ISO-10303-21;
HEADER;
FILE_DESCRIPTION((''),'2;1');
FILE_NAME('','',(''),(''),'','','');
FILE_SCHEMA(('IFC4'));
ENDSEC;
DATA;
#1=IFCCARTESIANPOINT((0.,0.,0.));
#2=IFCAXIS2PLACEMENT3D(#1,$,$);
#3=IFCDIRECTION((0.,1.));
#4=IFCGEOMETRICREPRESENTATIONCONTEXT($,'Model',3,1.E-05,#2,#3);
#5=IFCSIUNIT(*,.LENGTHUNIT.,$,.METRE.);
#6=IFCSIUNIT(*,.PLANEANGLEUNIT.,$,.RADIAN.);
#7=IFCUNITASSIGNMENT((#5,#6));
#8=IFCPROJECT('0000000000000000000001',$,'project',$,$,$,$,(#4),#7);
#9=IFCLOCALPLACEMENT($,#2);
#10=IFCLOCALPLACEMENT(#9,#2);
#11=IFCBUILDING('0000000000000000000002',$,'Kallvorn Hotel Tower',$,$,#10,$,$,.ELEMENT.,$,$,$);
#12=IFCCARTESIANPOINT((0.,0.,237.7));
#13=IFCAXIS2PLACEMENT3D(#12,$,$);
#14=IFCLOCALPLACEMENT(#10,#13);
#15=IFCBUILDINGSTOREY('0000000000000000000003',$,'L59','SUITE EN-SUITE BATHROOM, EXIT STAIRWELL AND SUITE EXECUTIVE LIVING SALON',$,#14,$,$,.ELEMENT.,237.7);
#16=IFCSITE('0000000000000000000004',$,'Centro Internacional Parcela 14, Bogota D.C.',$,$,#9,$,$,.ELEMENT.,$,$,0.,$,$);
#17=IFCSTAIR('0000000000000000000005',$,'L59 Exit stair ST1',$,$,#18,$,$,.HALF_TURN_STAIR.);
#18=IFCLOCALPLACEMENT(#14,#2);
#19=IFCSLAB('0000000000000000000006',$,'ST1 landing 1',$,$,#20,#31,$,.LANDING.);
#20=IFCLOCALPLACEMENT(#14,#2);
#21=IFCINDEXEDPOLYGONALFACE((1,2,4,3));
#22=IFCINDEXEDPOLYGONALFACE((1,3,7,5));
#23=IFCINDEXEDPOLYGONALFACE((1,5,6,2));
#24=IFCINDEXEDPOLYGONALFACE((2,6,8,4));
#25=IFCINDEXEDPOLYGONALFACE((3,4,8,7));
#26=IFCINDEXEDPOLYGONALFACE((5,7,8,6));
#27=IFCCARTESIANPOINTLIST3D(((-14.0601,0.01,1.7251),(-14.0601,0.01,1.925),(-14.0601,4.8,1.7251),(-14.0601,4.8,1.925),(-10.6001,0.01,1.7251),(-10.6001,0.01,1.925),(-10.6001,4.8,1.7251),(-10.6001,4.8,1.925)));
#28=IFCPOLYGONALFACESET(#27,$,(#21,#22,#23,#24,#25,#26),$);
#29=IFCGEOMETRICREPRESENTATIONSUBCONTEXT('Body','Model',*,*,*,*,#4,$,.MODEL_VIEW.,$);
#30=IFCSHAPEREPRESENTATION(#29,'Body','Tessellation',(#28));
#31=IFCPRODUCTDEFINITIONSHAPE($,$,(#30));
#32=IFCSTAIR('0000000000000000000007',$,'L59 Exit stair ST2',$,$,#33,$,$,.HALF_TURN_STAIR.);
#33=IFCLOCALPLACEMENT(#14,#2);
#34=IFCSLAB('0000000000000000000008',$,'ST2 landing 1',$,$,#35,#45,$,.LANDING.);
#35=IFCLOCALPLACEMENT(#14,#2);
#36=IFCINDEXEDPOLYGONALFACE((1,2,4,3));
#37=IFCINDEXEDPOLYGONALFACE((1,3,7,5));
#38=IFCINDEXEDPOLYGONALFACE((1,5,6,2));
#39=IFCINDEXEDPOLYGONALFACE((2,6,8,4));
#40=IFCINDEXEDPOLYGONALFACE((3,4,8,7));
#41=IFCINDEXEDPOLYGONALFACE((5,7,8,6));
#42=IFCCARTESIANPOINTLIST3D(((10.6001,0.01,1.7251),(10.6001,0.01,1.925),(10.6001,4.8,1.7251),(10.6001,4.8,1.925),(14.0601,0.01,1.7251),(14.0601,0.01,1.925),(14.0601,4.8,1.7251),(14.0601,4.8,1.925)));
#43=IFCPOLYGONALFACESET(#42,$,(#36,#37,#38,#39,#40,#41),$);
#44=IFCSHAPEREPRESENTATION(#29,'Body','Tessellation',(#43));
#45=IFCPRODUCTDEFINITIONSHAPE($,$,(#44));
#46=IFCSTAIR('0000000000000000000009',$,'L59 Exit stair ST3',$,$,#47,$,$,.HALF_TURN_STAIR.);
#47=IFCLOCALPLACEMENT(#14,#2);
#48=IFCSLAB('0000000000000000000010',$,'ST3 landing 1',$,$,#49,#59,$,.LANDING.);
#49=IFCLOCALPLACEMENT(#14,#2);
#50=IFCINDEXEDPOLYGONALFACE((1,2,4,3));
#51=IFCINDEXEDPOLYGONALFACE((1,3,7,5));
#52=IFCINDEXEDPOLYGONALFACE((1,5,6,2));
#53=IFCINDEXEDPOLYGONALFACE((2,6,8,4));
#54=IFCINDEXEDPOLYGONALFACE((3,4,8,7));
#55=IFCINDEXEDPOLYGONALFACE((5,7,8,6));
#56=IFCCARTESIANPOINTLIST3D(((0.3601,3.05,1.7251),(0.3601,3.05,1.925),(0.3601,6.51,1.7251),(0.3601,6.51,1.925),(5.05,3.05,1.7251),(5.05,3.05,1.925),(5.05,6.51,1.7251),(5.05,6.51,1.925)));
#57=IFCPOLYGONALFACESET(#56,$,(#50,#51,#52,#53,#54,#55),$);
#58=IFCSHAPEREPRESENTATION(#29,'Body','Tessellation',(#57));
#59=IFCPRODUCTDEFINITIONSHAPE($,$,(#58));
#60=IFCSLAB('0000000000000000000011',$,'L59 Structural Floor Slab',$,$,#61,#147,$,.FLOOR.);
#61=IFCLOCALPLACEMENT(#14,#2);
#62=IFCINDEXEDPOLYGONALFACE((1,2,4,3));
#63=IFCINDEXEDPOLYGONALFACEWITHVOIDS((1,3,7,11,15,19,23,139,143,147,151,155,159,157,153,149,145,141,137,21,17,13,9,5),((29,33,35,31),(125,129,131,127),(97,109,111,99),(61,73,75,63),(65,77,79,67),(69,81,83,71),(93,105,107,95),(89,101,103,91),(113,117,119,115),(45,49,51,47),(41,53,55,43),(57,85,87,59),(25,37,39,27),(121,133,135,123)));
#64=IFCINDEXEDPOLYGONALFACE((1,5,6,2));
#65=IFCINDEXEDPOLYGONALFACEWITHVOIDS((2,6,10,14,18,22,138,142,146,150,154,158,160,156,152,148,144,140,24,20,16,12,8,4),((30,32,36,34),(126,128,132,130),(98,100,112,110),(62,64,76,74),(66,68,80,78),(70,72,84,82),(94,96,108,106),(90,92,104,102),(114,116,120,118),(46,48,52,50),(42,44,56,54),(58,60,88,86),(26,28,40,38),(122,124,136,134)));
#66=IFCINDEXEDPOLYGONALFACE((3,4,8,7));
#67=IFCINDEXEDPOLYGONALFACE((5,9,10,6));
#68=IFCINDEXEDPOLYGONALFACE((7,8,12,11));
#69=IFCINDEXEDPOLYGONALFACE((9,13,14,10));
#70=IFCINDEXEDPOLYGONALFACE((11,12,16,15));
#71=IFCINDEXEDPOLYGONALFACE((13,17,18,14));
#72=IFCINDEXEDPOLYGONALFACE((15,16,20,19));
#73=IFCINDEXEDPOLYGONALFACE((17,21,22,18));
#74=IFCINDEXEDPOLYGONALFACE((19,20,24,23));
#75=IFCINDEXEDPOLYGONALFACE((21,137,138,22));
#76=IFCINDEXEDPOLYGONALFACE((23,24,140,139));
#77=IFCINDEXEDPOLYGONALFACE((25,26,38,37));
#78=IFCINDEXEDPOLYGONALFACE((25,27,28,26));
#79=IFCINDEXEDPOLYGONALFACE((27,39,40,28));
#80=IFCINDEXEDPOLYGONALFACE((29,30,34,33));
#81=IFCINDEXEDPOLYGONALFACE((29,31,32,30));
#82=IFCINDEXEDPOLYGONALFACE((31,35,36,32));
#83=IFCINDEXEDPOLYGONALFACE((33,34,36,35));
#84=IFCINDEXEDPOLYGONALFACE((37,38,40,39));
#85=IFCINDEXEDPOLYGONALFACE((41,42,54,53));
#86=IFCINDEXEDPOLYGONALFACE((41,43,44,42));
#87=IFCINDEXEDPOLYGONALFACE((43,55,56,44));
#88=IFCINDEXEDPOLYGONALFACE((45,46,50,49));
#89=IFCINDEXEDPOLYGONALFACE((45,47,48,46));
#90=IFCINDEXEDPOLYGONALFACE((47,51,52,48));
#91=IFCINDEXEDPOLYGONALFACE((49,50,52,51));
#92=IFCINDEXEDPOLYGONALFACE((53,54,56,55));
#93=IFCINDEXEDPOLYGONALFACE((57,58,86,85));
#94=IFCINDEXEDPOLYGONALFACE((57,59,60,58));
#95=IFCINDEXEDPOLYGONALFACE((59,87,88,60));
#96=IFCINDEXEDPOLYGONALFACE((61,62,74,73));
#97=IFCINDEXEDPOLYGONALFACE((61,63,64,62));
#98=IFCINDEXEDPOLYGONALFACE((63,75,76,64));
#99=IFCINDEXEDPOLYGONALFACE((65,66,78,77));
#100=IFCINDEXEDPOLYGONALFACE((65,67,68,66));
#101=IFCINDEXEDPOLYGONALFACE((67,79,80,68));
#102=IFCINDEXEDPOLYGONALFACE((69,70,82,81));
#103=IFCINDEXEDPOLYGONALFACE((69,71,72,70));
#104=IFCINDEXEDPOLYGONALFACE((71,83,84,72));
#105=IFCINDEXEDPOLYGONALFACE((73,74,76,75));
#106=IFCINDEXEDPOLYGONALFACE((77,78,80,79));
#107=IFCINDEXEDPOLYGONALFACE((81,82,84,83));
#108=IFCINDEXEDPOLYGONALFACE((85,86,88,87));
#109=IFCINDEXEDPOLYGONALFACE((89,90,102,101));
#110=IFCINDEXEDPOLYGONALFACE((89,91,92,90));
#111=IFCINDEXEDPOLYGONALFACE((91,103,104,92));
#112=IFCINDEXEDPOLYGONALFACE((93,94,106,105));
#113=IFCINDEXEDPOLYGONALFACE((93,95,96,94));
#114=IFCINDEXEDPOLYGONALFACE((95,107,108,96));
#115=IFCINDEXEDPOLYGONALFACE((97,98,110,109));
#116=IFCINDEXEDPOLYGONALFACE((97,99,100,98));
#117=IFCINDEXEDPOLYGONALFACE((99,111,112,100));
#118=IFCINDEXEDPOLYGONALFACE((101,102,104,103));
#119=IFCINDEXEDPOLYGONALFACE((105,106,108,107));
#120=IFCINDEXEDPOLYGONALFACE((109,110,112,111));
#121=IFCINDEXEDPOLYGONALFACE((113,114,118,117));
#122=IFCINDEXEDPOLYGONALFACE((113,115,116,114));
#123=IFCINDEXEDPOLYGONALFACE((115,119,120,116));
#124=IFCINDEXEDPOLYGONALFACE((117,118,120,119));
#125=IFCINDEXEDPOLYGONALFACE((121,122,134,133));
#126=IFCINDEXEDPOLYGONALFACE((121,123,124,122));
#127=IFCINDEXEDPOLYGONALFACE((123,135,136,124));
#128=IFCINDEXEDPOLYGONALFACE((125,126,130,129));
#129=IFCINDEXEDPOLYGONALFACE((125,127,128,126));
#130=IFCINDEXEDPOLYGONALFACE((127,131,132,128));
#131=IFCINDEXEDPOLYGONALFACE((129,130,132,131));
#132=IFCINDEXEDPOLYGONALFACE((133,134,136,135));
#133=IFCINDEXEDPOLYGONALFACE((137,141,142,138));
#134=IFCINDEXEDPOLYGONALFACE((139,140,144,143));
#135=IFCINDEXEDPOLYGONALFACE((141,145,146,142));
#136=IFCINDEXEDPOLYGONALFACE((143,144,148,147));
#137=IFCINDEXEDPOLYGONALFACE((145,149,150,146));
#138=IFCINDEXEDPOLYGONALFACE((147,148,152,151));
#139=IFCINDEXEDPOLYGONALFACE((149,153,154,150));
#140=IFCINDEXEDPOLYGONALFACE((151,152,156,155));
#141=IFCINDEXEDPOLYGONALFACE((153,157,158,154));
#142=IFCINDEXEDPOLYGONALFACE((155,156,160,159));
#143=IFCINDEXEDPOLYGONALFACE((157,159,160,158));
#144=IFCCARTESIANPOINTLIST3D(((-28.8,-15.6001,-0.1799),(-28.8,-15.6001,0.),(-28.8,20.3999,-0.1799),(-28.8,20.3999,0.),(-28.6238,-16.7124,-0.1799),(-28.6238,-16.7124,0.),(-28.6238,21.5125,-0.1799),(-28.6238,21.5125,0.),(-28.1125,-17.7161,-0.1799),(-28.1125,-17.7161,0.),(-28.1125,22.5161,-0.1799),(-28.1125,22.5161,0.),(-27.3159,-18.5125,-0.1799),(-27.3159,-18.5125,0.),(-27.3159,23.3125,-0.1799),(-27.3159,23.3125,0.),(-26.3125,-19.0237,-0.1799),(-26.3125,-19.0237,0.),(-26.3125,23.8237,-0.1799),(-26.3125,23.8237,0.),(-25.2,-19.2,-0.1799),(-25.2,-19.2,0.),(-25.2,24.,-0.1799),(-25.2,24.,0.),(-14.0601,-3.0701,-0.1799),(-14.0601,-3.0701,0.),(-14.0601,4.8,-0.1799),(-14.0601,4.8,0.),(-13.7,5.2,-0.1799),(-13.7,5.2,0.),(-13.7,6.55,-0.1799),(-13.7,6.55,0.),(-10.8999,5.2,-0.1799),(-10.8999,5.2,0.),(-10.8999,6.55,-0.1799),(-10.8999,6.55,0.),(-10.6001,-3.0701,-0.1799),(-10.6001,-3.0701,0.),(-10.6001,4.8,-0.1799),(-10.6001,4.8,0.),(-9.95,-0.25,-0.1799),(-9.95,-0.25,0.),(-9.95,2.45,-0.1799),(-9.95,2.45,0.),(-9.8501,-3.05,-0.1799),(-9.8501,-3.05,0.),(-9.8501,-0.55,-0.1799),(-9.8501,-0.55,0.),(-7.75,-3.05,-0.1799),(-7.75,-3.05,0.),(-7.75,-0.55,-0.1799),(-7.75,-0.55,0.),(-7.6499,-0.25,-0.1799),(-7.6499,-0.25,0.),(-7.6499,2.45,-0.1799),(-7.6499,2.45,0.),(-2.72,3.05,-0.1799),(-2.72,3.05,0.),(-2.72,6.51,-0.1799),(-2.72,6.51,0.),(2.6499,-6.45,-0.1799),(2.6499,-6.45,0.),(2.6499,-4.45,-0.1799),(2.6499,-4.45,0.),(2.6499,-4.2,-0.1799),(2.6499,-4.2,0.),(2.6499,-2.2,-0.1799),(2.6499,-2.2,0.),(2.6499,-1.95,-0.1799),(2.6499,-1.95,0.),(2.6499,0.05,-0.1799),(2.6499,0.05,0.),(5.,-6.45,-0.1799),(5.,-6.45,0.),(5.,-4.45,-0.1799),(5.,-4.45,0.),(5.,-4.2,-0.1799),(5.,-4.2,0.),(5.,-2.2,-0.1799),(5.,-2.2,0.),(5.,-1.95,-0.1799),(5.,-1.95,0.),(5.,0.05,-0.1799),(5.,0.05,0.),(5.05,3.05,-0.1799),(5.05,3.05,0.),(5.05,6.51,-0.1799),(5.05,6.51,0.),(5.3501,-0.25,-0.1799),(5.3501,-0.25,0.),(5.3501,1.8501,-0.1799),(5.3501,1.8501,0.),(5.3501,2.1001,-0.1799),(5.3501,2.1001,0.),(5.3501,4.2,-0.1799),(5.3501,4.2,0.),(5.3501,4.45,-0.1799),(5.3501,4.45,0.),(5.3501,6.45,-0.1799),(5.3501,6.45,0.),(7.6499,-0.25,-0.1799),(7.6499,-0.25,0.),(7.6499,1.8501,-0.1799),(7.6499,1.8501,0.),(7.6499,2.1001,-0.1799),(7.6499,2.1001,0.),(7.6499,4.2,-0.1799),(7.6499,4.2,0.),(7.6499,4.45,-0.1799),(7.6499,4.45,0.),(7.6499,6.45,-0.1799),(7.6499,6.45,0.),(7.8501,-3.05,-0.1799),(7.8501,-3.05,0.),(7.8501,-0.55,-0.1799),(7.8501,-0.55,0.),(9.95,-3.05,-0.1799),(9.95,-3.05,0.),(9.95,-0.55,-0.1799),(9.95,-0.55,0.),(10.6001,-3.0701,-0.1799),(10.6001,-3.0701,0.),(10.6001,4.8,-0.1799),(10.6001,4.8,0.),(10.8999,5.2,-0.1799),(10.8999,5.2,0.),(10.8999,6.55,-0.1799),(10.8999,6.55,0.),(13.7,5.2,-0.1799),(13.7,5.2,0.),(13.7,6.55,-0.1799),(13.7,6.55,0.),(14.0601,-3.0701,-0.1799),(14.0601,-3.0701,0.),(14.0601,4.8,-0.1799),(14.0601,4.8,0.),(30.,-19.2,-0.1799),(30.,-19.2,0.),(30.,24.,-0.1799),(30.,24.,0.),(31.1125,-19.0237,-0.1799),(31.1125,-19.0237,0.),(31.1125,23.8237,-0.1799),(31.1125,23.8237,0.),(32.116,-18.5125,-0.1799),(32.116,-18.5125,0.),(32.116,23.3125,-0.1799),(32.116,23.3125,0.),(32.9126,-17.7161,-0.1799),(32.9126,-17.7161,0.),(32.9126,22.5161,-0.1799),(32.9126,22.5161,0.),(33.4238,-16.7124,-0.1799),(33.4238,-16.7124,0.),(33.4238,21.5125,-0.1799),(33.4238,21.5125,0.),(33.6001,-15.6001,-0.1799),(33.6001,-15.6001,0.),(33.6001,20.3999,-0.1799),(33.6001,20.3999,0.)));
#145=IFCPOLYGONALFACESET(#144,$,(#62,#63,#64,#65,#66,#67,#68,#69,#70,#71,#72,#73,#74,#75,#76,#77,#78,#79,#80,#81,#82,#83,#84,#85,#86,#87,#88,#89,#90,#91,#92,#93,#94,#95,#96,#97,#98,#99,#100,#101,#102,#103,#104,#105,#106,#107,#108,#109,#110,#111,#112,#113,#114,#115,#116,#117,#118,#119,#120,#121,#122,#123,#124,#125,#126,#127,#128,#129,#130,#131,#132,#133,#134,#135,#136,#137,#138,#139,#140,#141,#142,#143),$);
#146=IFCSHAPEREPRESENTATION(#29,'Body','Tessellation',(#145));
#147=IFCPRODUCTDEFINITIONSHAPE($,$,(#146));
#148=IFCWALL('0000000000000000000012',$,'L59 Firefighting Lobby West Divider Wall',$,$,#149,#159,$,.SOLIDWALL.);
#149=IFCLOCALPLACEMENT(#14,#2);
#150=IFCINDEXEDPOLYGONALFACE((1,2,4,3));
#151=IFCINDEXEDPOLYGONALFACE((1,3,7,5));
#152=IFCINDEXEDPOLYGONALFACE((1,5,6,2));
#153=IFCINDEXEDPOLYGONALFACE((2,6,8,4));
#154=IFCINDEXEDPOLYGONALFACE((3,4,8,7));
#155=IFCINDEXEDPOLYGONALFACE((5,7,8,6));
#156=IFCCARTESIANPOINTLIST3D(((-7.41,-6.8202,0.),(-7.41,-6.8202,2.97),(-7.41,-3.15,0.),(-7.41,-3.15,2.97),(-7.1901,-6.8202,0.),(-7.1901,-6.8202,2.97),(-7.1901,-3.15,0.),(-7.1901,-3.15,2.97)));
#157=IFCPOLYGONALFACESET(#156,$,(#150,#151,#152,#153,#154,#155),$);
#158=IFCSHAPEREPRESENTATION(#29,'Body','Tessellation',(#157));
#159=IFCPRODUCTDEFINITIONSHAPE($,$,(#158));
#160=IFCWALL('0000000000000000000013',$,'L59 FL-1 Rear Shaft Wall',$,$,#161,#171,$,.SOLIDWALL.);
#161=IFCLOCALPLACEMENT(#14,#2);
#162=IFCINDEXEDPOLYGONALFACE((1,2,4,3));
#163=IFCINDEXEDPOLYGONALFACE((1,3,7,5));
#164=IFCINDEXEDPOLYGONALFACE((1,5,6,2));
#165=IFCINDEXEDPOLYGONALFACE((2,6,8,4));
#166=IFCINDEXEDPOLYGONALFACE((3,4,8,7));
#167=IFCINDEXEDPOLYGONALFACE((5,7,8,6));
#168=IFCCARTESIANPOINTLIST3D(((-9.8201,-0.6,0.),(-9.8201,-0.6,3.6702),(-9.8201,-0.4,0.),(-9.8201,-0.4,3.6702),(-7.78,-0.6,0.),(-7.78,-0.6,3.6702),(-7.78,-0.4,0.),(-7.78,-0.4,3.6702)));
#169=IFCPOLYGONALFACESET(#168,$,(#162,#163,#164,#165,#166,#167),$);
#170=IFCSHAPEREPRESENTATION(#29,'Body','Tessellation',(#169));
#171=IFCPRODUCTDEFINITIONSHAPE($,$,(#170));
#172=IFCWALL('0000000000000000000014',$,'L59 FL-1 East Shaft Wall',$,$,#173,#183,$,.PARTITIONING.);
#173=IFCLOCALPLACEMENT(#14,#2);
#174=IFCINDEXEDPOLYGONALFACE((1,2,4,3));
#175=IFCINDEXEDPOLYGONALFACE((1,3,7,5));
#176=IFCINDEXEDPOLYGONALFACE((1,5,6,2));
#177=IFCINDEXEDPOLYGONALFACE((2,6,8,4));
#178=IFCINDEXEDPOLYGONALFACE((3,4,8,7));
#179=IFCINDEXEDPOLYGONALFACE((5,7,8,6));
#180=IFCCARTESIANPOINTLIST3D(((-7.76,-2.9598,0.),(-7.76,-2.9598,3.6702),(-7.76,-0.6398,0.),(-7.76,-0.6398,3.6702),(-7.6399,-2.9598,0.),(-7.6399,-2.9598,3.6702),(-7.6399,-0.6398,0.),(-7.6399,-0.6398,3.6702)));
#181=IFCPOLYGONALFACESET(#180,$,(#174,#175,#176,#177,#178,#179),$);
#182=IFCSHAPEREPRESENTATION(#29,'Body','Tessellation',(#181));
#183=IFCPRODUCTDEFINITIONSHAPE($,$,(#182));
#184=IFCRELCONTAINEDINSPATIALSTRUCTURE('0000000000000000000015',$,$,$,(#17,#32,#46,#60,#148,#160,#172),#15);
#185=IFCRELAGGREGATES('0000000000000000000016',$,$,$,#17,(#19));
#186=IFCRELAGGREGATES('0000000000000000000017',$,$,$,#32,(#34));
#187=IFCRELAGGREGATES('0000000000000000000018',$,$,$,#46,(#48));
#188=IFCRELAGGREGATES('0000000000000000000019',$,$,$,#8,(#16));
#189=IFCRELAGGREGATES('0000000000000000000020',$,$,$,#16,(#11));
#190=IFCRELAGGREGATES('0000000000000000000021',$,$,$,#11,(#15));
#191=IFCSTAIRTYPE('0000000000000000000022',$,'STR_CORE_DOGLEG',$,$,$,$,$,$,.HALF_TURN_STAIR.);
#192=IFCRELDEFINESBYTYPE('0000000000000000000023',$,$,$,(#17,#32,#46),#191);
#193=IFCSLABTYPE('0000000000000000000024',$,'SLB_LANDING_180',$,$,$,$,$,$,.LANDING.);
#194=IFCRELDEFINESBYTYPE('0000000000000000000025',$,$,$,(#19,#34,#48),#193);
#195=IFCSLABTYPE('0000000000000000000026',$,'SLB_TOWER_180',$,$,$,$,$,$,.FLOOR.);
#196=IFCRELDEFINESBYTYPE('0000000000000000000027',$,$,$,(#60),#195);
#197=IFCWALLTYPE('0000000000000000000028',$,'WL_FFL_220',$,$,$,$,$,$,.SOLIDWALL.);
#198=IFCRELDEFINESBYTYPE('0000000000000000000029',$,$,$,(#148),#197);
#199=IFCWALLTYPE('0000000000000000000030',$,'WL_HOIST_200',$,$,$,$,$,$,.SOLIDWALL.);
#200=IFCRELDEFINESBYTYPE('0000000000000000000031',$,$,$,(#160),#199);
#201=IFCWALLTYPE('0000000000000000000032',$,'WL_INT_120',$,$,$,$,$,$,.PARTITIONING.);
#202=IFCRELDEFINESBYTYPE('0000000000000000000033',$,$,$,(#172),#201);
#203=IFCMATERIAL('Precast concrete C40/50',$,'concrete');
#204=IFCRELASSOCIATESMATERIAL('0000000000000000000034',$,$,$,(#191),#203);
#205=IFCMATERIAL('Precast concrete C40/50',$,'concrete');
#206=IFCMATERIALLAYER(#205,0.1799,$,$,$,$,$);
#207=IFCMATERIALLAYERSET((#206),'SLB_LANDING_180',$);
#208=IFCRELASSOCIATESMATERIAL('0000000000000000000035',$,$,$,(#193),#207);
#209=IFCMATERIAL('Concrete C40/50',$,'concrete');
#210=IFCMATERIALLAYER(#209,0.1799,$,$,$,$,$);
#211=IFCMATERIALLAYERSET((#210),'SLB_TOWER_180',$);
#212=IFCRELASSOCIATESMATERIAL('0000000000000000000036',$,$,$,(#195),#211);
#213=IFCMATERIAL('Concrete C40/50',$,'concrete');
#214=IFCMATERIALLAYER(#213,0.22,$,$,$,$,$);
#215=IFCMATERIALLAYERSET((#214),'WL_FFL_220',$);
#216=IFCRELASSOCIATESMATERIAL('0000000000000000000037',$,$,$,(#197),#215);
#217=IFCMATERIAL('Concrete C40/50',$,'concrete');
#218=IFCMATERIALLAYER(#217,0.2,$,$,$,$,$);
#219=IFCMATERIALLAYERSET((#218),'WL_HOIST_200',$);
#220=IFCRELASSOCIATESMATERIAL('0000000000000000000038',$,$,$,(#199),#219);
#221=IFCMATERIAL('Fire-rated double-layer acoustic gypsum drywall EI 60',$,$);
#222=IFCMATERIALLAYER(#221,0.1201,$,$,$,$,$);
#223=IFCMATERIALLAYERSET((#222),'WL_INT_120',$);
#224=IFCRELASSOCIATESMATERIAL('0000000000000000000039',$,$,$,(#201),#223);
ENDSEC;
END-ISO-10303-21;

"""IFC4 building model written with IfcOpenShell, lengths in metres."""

from ifc_helpers import new_model, si_unit, direction, frame, frame_2d, origin, place, context, subcontext, project, spatial, polyline, rectangle, outline, extrude, material, layer, layer_set, type_object, element, aggregate, save


model = new_model("IFC4")

# Units and contexts
model_context = context("Model", 3, precision=1e-05, world=origin(), true_north=direction((0.0, 1.0)))
body_context = subcontext(model_context, "Body", "Model", "MODEL_VIEW")
ifc_project = project(units=[si_unit("LENGTHUNIT", "METRE"), si_unit("PLANEANGLEUNIT", "RADIAN")], contexts=[model_context])

# Site, building, storey
site_placement = place(None, origin())
site = spatial("IfcSite", under=ifc_project, at=site_placement, Name="Centro Internacional Parcela 14, Bogota D.C.", CompositionType="ELEMENT", RefElevation=0.0)
building_placement = place(site_placement, origin())
building = spatial("IfcBuilding", under=site, at=building_placement, Name="Kallvorn Hotel Tower", CompositionType="ELEMENT")
storey_placement = place(building_placement, frame((0.0, 0.0, 237.7)))
storey = spatial("IfcBuildingStorey", under=building, at=storey_placement, Name="L59", Description="SUITE EN-SUITE BATHROOM, EXIT STAIRWELL AND SUITE EXECUTIVE LIVING SALON", CompositionType="ELEMENT", Elevation=237.7)

# Stairs, slabs
ifc_material_1 = material(Name="Precast concrete C40/50", Category="concrete")
stair_type = type_object("IfcStairType", Name="STR_CORE_DOGLEG", PredefinedType="HALF_TURN_STAIR", material=ifc_material_1)
stair_1_placement = place(storey_placement, origin())
stair_1 = element("IfcStair", 1, at=stair_1_placement, inside=storey, type_object=stair_type, Name="L59 Exit stair ST1", PredefinedType="HALF_TURN_STAIR")
ifc_material_2 = material(Name="Precast concrete C40/50", Category="concrete")
ifc_layer_1 = layer(ifc_material_2, 0.1799)
ifc_layer_set_1 = layer_set([ifc_layer_1], Name="SLB_LANDING_180")
slab_type_1 = type_object("IfcSlabType", Name="SLB_LANDING_180", PredefinedType="LANDING", material=ifc_layer_set_1)
slab_1_placement = place(storey_placement, frame((0.0, 0.0, 1.7251)))
slab_1 = element("IfcSlab", 2, at=slab_1_placement, type_object=slab_type_1, Name="ST1 landing 1", PredefinedType="LANDING", context=body_context, shape_type="SweptSolid", body=[
    extrude(outline(polyline([(-10.6001, 0.01), (-10.6001, 4.8), (-14.0601, 4.8), (-14.0601, 0.01), (-10.6001, 0.01)])), origin(), (0.0, 0.0, 1.0), 0.2),
])
aggregate(stair_1, [slab_1])
stair_2_placement = place(storey_placement, origin())
stair_2 = element("IfcStair", 3, at=stair_2_placement, inside=storey, type_object=stair_type, Name="L59 Exit stair ST2", PredefinedType="HALF_TURN_STAIR")
slab_2_placement = place(storey_placement, frame((0.0, 0.0, 1.7251)))
slab_2 = element("IfcSlab", 4, at=slab_2_placement, type_object=slab_type_1, Name="ST2 landing 1", PredefinedType="LANDING", context=body_context, shape_type="SweptSolid", body=[
    extrude(outline(polyline([(14.0601, 0.01), (14.0601, 4.8), (10.6001, 4.8), (10.6001, 0.01), (14.0601, 0.01)])), origin(), (0.0, 0.0, 1.0), 0.2),
])
aggregate(stair_2, [slab_2])
stair_3_placement = place(storey_placement, origin())
stair_3 = element("IfcStair", 5, at=stair_3_placement, inside=storey, type_object=stair_type, Name="L59 Exit stair ST3", PredefinedType="HALF_TURN_STAIR")
slab_3_placement = place(storey_placement, frame((0.0, 0.0, 1.7251)))
slab_3 = element("IfcSlab", 6, at=slab_3_placement, type_object=slab_type_1, Name="ST3 landing 1", PredefinedType="LANDING", context=body_context, shape_type="SweptSolid", body=[
    extrude(outline(polyline([(0.3601, 3.05), (5.05, 3.05), (5.05, 6.51), (0.3601, 6.51), (0.3601, 3.05)])), origin(), (0.0, 0.0, 1.0), 0.2),
])
aggregate(stair_3, [slab_3])

# Slab
ifc_material_3 = material(Name="Concrete C40/50", Category="concrete")
ifc_layer_2 = layer(ifc_material_3, 0.1799)
ifc_layer_set_2 = layer_set([ifc_layer_2], Name="SLB_TOWER_180")
slab_type_2 = type_object("IfcSlabType", Name="SLB_TOWER_180", PredefinedType="FLOOR", material=ifc_layer_set_2)
slab_4_placement = place(storey_placement, frame((0.0, 0.0, -0.1799)))
element("IfcSlab", 7, at=slab_4_placement, inside=storey, type_object=slab_type_2, Name="L59 Structural Floor Slab", PredefinedType="FLOOR", context=body_context, shape_type="SweptSolid", body=[
    extrude(outline(polyline([(30.0, -19.2), (31.1125, -19.0237), (32.116, -18.5125), (32.9126, -17.7161), (33.4238, -16.7124), (33.6001, -15.6001), (33.6001, 20.3999), (33.4238, 21.5125), (32.9126, 22.5161), (32.116, 23.3125), (31.1125, 23.8237), (30.0, 24.0), (-25.2, 24.0), (-26.3125, 23.8237), (-27.3159, 23.3125), (-28.1125, 22.5161), (-28.6238, 21.5125), (-28.8, 20.3999), (-28.8, -15.6001), (-28.6238, -16.7124), (-28.1125, -17.7161), (-27.3159, -18.5125), (-26.3125, -19.0237), (-25.2, -19.2), (30.0, -19.2)]), holes=[polyline([(-10.6001, -3.0701), (-10.6001, 4.8), (-14.0601, 4.8), (-14.0601, -3.0701), (-10.6001, -3.0701)]), polyline([(14.0601, -3.0701), (14.0601, 4.8), (10.6001, 4.8), (10.6001, -3.0701), (14.0601, -3.0701)]), polyline([(-2.72, 3.05), (5.05, 3.05), (5.05, 6.51), (-2.72, 6.51), (-2.72, 3.05)]), polyline([(2.6499, -6.45), (5.0, -6.45), (5.0, -4.45), (2.6499, -4.45), (2.6499, -6.45)]), polyline([(2.6499, -4.2), (5.0, -4.2), (5.0, -2.2), (2.6499, -2.2), (2.6499, -4.2)]), polyline([(2.6499, -1.95), (5.0, -1.95), (5.0, 0.05), (2.6499, 0.05), (2.6499, -1.95)]), polyline([(5.3501, -0.25), (7.6499, -0.25), (7.6499, 1.8501), (5.3501, 1.8501), (5.3501, -0.25)]), polyline([(5.3501, 2.1001), (7.6499, 2.1001), (7.6499, 4.2), (5.3501, 4.2), (5.3501, 2.1001)]), polyline([(5.3501, 4.45), (7.6499, 4.45), (7.6499, 6.45), (5.3501, 6.45), (5.3501, 4.45)]), polyline([(-9.8501, -3.05), (-7.75, -3.05), (-7.75, -0.55), (-9.8501, -0.55), (-9.8501, -3.05)]), polyline([(7.8501, -3.05), (9.95, -3.05), (9.95, -0.55), (7.8501, -0.55), (7.8501, -3.05)]), polyline([(-9.95, -0.25), (-7.6499, -0.25), (-7.6499, 2.45), (-9.95, 2.45), (-9.95, -0.25)]), polyline([(-13.7, 5.2), (-10.8999, 5.2), (-10.8999, 6.55), (-13.7, 6.55), (-13.7, 5.2)]), polyline([(10.8999, 5.2), (13.7, 5.2), (13.7, 6.55), (10.8999, 6.55), (10.8999, 5.2)])]), origin(), (0.0, 0.0, 1.0), 0.1799),
])

# Walls
ifc_material_4 = material(Name="Concrete C40/50", Category="concrete")
ifc_layer_3 = layer(ifc_material_4, 0.22)
ifc_layer_set_3 = layer_set([ifc_layer_3], Name="WL_FFL_220")
wall_type_1 = type_object("IfcWallType", Name="WL_FFL_220", PredefinedType="SOLIDWALL", material=ifc_layer_set_3)
wall_1_placement = place(storey_placement, frame((-7.3, -6.8201, 0.0), z_axis=(0.0, 0.0, 1.0), x_axis=(0.0, 1.0, 0.0)))
element("IfcWall", 8, at=wall_1_placement, inside=storey, type_object=wall_type_1, Name="L59 Firefighting Lobby West Divider Wall", PredefinedType="SOLIDWALL", context=body_context, shape_type="SweptSolid", body=[
    extrude(rectangle(XDim=3.6702, YDim=0.22, at=frame_2d((1.835, 0.0))), origin(), (0.0, 0.0, 1.0), 2.97),
])
ifc_material_5 = material(Name="Concrete C40/50", Category="concrete")
ifc_layer_4 = layer(ifc_material_5, 0.2)
ifc_layer_set_4 = layer_set([ifc_layer_4], Name="WL_HOIST_200")
wall_type_2 = type_object("IfcWallType", Name="WL_HOIST_200", PredefinedType="SOLIDWALL", material=ifc_layer_set_4)
wall_2_placement = place(storey_placement, frame((-9.8201, -0.5, 0.0), z_axis=(0.0, 0.0, 1.0), x_axis=(1.0, 0.0, 0.0)))
element("IfcWall", 9, at=wall_2_placement, inside=storey, type_object=wall_type_2, Name="L59 FL-1 Rear Shaft Wall", PredefinedType="SOLIDWALL", context=body_context, shape_type="SweptSolid", body=[
    extrude(rectangle(XDim=2.04, YDim=0.2, at=frame_2d((1.02, 0.0))), origin(), (0.0, 0.0, 1.0), 3.6702),
])
ifc_material_6 = material(Name="Fire-rated double-layer acoustic gypsum drywall EI 60")
ifc_layer_5 = layer(ifc_material_6, 0.1201)
ifc_layer_set_5 = layer_set([ifc_layer_5], Name="WL_INT_120")
wall_type_3 = type_object("IfcWallType", Name="WL_INT_120", PredefinedType="PARTITIONING", material=ifc_layer_set_5)
wall_3_placement = place(storey_placement, frame((-7.7, -2.96, 0.0), z_axis=(0.0, 0.0, 1.0), x_axis=(0.0, 1.0, 0.0)))
element("IfcWall", 10, at=wall_3_placement, inside=storey, type_object=wall_type_3, Name="L59 FL-1 East Shaft Wall", PredefinedType="PARTITIONING", context=body_context, shape_type="SweptSolid", body=[
    extrude(rectangle(XDim=2.3201, YDim=0.1201, at=frame_2d((1.1602, 0.0))), origin(), (0.0, 0.0, 1.0), 3.6702),
])

save(model, "model.ifc")
